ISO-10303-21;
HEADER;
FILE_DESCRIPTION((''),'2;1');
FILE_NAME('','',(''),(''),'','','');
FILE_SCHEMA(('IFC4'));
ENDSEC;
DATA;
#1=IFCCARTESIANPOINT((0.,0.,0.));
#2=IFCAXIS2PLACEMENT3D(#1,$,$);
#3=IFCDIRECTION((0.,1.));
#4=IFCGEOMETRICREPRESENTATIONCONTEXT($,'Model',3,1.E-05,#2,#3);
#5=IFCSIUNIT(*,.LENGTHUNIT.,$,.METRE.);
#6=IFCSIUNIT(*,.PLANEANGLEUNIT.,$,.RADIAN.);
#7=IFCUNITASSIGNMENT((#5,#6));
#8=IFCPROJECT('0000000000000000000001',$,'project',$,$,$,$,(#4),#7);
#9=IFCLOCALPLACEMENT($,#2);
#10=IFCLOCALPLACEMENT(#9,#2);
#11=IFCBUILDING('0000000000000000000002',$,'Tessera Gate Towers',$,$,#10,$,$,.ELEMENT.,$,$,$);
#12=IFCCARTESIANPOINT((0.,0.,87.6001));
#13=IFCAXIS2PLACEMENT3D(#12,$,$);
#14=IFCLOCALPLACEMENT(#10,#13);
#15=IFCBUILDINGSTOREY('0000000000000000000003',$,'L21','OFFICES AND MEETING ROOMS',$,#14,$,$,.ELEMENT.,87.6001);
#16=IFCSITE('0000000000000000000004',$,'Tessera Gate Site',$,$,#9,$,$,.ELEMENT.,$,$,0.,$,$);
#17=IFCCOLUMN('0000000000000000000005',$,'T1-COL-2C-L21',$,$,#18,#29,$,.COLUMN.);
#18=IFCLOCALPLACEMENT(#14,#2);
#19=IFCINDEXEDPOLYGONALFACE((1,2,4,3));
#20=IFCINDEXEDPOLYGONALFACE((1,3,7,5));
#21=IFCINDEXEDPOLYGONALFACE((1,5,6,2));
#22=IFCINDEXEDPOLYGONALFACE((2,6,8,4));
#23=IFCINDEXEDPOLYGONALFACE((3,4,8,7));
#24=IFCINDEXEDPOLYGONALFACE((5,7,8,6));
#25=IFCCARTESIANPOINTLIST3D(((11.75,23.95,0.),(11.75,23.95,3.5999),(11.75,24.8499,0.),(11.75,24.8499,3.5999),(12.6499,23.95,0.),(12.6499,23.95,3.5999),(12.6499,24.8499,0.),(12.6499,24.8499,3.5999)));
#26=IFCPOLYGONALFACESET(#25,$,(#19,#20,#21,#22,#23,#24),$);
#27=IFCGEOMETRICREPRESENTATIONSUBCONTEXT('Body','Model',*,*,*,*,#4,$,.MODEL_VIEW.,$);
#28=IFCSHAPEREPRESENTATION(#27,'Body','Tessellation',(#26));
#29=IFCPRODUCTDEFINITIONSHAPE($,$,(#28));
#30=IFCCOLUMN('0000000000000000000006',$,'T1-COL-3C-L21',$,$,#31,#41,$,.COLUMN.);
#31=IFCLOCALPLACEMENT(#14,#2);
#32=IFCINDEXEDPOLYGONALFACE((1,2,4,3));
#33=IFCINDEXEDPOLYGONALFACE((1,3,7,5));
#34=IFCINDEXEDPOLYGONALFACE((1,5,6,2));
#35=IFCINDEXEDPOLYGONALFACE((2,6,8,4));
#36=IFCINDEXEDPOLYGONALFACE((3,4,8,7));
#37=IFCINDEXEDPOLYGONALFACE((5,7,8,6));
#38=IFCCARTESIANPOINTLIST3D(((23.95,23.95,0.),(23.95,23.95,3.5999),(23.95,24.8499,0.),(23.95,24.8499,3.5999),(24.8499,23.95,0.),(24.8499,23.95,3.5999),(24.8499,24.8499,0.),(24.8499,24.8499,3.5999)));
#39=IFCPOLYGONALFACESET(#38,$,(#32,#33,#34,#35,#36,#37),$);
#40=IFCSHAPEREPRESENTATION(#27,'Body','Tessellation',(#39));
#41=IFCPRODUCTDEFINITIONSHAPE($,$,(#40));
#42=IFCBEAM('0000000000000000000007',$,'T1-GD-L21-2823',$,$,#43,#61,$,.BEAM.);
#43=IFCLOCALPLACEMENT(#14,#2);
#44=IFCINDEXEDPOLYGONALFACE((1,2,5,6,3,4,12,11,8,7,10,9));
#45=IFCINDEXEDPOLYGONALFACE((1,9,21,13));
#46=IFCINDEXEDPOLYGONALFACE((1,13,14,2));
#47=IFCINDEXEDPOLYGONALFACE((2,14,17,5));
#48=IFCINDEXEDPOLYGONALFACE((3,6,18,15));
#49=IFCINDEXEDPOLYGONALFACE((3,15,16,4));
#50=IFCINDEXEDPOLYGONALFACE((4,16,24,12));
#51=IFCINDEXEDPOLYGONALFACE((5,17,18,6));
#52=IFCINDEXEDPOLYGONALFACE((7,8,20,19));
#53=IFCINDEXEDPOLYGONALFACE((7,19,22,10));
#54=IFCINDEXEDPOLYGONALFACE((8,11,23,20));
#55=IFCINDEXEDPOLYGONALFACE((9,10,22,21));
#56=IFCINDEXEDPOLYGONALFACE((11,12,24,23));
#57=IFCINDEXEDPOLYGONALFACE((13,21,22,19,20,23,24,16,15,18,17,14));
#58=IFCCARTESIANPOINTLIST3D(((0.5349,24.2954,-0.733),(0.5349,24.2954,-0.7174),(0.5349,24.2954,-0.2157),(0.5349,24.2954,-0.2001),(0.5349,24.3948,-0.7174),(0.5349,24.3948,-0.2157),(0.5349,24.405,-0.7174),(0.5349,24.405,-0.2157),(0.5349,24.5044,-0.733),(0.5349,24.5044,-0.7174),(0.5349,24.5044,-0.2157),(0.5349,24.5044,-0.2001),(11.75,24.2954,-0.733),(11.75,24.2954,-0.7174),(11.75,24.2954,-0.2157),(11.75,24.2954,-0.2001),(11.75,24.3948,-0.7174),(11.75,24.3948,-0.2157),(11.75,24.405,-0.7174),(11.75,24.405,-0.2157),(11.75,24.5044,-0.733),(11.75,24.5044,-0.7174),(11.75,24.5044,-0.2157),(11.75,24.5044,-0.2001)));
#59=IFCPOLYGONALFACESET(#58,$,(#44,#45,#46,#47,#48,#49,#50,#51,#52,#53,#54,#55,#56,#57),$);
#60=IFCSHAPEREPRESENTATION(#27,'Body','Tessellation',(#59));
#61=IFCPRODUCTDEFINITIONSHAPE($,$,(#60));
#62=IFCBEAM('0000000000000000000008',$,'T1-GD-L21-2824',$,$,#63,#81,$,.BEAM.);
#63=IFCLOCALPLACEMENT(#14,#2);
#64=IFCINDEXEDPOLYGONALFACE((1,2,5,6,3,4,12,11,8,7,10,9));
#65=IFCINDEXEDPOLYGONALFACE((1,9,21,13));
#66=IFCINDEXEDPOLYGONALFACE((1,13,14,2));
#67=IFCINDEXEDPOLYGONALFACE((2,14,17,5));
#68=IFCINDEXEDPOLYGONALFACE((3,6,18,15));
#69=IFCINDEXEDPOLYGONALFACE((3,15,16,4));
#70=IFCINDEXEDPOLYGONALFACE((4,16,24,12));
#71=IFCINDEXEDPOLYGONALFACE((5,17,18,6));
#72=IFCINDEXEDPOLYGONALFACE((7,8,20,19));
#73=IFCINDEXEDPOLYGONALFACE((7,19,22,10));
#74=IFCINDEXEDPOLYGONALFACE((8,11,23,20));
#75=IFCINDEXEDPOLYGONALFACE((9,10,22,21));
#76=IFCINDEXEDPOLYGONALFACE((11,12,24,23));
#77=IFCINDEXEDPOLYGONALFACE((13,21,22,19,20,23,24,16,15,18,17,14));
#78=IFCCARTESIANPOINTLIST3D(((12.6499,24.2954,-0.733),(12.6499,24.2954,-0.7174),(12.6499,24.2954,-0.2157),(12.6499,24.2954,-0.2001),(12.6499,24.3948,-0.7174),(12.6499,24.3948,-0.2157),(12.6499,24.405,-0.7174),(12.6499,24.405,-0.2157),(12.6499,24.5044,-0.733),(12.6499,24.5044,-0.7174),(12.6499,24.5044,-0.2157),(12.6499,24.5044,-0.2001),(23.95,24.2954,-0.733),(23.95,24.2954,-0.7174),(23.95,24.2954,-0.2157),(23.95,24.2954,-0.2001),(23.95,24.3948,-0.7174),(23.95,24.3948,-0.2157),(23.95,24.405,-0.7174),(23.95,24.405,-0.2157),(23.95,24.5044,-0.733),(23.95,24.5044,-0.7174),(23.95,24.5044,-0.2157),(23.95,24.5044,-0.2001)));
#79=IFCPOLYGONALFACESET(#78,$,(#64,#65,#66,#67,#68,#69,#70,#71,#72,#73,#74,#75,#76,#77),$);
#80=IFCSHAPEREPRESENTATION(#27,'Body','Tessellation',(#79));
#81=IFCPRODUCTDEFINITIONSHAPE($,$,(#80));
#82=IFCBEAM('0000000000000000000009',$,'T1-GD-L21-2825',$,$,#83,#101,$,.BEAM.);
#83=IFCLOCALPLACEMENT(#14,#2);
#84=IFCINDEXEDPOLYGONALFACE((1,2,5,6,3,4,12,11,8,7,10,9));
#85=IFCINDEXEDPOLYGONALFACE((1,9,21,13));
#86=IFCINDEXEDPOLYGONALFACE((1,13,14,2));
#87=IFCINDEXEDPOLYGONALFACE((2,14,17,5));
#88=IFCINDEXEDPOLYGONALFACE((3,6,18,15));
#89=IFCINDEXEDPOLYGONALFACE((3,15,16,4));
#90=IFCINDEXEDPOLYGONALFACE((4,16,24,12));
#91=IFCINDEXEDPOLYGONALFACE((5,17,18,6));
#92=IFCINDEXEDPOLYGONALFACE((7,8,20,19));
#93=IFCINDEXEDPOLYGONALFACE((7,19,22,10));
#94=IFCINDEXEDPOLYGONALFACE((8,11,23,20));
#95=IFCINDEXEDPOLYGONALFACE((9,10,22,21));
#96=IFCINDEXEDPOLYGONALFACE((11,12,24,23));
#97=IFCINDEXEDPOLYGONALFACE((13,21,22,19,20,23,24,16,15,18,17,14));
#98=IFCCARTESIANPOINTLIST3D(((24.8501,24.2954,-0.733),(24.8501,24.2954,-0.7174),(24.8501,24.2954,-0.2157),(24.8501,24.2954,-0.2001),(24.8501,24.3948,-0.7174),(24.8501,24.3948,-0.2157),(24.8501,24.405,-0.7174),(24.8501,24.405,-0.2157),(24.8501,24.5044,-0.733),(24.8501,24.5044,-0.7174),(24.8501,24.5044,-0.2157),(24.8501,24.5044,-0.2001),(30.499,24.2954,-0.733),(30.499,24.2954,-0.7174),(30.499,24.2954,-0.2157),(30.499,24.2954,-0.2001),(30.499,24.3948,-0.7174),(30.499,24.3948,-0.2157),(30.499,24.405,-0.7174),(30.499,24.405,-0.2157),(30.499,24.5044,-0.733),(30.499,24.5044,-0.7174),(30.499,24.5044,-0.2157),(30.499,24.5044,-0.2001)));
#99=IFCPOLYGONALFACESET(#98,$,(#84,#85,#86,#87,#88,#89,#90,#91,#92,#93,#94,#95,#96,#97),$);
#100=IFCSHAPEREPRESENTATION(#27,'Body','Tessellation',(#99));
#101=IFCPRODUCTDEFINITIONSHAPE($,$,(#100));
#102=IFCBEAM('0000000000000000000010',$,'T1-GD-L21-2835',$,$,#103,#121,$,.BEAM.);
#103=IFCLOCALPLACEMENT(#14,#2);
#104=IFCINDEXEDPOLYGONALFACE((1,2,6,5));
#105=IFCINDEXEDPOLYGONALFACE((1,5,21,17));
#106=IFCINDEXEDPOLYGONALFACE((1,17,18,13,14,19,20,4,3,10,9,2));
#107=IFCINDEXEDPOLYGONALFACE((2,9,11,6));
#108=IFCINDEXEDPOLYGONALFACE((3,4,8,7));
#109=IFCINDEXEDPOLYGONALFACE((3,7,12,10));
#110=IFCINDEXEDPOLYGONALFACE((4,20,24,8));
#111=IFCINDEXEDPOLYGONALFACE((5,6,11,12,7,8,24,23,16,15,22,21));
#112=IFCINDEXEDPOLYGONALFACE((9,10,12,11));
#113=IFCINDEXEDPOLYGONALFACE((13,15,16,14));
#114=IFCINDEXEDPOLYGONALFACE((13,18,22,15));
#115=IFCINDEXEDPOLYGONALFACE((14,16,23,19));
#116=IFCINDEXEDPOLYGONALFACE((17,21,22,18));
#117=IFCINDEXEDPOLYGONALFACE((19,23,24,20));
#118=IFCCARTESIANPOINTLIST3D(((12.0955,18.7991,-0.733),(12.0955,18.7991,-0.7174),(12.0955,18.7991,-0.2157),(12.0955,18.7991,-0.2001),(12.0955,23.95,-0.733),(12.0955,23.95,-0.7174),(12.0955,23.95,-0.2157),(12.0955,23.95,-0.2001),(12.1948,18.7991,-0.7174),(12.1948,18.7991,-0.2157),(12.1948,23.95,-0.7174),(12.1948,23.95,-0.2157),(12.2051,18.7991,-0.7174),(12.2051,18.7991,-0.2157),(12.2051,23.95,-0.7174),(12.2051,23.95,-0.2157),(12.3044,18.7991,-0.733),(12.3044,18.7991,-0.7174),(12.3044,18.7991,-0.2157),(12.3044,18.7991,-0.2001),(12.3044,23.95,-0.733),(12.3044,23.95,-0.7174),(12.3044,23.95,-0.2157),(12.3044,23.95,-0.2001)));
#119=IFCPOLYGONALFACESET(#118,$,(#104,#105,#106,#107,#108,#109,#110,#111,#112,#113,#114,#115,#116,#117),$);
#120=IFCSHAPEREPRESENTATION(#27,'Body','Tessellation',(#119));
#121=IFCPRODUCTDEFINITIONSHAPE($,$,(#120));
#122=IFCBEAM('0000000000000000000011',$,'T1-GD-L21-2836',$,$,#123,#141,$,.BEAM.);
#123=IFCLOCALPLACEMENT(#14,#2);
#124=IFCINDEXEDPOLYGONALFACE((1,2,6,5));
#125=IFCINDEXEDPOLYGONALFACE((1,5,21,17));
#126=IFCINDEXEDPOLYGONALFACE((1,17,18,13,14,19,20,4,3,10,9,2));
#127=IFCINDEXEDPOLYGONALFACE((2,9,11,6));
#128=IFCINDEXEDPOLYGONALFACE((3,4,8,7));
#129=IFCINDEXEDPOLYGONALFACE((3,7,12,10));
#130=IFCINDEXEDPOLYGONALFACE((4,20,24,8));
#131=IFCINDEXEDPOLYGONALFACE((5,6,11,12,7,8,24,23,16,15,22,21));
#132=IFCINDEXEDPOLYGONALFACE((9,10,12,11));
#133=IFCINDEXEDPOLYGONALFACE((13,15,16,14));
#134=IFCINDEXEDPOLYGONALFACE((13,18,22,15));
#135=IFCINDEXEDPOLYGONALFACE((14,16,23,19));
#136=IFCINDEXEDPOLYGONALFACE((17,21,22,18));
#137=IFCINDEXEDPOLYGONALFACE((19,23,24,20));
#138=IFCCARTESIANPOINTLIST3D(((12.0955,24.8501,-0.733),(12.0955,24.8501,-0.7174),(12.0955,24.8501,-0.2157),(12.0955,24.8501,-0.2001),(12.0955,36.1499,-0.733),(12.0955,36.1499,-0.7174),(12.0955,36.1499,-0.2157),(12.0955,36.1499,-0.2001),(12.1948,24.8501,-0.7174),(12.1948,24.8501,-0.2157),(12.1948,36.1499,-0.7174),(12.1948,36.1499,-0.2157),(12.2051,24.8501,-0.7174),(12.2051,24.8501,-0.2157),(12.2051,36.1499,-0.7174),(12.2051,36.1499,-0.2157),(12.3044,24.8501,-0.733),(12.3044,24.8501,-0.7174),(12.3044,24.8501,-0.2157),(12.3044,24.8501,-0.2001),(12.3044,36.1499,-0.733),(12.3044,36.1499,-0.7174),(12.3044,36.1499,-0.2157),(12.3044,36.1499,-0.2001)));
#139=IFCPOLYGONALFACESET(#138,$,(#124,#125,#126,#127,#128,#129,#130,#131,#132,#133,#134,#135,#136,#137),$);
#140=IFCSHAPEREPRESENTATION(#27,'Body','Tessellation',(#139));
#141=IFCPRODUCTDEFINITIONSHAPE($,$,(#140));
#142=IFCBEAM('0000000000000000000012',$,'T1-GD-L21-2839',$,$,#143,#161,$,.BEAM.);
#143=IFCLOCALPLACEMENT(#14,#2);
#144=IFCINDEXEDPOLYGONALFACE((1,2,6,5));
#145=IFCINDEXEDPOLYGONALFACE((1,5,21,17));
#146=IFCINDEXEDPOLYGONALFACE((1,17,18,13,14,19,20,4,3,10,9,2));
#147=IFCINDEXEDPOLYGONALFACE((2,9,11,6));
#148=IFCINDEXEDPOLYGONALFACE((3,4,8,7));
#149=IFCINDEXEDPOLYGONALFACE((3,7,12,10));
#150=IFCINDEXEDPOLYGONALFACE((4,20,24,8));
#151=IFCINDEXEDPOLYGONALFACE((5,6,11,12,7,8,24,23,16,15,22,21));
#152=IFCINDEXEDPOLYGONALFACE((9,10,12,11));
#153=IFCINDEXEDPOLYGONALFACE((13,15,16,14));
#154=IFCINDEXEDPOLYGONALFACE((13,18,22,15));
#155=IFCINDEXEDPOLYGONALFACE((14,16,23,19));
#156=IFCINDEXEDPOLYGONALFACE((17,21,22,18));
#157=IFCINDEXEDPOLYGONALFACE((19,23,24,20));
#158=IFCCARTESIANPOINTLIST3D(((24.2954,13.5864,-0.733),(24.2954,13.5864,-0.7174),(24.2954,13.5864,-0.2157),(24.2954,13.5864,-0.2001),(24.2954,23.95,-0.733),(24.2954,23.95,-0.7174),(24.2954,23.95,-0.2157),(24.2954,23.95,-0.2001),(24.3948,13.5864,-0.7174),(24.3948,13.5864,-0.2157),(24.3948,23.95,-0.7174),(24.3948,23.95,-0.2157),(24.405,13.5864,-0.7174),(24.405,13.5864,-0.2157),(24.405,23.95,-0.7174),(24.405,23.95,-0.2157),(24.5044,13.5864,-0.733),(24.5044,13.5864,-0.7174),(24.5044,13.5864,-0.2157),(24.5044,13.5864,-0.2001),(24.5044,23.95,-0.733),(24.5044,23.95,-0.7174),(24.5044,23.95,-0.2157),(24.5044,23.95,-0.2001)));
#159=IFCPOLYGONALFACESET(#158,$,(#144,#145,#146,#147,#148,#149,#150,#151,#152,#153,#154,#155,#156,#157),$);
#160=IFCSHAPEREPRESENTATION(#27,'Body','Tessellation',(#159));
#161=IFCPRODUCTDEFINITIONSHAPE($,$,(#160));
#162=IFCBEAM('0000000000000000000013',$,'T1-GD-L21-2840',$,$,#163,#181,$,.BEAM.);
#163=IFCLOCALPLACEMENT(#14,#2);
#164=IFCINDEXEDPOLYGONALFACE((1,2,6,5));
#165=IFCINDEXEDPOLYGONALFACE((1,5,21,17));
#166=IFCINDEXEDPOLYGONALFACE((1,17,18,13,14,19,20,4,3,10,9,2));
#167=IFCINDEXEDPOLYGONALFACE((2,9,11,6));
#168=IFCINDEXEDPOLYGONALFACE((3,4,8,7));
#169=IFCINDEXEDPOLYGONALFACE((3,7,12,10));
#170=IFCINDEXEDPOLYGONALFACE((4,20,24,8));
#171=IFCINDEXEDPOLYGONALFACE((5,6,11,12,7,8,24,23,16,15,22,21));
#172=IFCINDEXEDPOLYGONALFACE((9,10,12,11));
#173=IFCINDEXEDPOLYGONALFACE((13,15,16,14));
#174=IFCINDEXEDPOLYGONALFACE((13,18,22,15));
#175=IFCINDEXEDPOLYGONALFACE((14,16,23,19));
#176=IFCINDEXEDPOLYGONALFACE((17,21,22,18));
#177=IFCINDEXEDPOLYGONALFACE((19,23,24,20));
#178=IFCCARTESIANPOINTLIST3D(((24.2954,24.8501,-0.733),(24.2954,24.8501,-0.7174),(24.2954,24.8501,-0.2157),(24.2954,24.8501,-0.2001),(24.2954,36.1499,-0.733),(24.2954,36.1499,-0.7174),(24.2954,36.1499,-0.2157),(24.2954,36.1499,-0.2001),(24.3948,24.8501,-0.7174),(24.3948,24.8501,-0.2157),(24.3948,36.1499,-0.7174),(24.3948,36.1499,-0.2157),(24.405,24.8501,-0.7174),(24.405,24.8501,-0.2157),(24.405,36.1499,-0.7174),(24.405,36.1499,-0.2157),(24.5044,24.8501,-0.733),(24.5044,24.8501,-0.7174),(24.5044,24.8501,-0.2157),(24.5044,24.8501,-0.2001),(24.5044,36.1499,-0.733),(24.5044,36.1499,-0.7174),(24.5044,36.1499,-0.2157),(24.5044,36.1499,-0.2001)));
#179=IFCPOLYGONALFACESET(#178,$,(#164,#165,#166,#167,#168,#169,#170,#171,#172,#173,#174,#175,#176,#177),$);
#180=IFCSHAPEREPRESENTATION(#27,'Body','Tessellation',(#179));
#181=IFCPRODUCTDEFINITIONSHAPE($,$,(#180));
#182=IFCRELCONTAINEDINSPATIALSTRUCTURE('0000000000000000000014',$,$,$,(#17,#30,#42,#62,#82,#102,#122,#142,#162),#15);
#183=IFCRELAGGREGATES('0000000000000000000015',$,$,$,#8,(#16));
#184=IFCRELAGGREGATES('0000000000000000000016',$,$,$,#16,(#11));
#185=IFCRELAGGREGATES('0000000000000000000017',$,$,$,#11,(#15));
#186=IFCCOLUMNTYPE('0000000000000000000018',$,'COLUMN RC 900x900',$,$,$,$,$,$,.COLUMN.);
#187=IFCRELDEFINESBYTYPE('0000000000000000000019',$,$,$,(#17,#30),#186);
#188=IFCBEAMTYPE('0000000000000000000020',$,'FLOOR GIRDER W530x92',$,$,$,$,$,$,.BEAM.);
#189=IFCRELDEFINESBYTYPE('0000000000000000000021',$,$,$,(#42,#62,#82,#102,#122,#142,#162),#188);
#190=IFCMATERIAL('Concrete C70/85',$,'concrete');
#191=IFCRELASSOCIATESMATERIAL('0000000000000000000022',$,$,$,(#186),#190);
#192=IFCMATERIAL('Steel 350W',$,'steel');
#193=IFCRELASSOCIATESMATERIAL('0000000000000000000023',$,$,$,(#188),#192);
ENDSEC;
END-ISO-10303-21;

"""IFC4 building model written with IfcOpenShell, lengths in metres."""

from ifc_helpers import new_model, si_unit, direction, frame, origin, origin_2d, place, context, subcontext, project, spatial, rectangle, i_section, extrude, material, material_profile, profile_set, type_object, element, save


model = new_model("IFC4")

# Units and contexts
model_context = context("Model", 3, precision=1e-05, world=origin(), true_north=direction((0.0, 1.0)))
body_context = subcontext(model_context, "Body", "Model", "MODEL_VIEW")
ifc_project = project(units=[si_unit("LENGTHUNIT", "METRE"), si_unit("PLANEANGLEUNIT", "RADIAN")], contexts=[model_context])

# Site, building, storey
site_placement = place(None, origin())
site = spatial("IfcSite", under=ifc_project, at=site_placement, Name="Tessera Gate Site", CompositionType="ELEMENT", RefElevation=0.0)
building_placement = place(site_placement, origin())
building = spatial("IfcBuilding", under=site, at=building_placement, Name="Tessera Gate Towers", CompositionType="ELEMENT")
storey_placement = place(building_placement, frame((0.0, 0.0, 87.6001)))
storey = spatial("IfcBuildingStorey", under=building, at=storey_placement, Name="L21", Description="OFFICES AND MEETING ROOMS", CompositionType="ELEMENT", Elevation=87.6001)

# Columns
ifc_material_1 = material(Name="Concrete C70/85", Category="concrete")
ifc_material_profile_1 = material_profile(ifc_material_1, rectangle(XDim=0.8999, YDim=0.8999, at=origin_2d()), Name="RC 900x900")
ifc_profile_set_1 = profile_set([ifc_material_profile_1], Name="Concrete C70/85")
column_type = type_object("IfcColumnType", Name="COLUMN RC 900x900", PredefinedType="COLUMN", material=ifc_profile_set_1)
for number, where, z_axis, x_axis, name in (
    (1, (12.2, 24.3999, 0.0), (0.0, 0.0, 1.0), (1.0, 0.0, 0.0), "T1-COL-2C-L21"),
    (2, (24.3999, 24.3999, 0.0), (0.0, 0.0, 1.0), (1.0, 0.0, 0.0), "T1-COL-3C-L21"),
):
    element("IfcColumn", number, at=place(storey_placement, frame(where, z_axis=z_axis, x_axis=x_axis)), inside=storey, type_object=column_type, Name=name, PredefinedType="COLUMN", context=body_context, shape_type="SweptSolid", body=[
        extrude(rectangle(XDim=0.8999, YDim=0.8999, at=origin_2d()), origin(), (0.0, 0.0, 1.0), 3.5999),
    ])

# Beams
ifc_material_2 = material(Name="Steel 350W", Category="steel")
ifc_material_profile_2 = material_profile(ifc_material_2, i_section(OverallWidth=0.209, OverallDepth=0.533, WebThickness=0.0103, FlangeThickness=0.0156, at=origin_2d()), Name="W530x92")
ifc_profile_set_2 = profile_set([ifc_material_profile_2], Name="Steel 350W")
beam_type_1 = type_object("IfcBeamType", Name="FLOOR GIRDER W530x92", PredefinedType="BEAM", material=ifc_profile_set_2)
beam_1_placement = place(storey_placement, frame((0.5349, 24.3999, -0.4666), z_axis=(1.0, 0.0, 0.0), x_axis=(0.0, 1.0, 0.0)))
element("IfcBeam", 3, at=beam_1_placement, inside=storey, type_object=beam_type_1, Name="T1-GD-L21-2823", PredefinedType="BEAM", context=body_context, shape_type="SweptSolid", body=[
    extrude(i_section(OverallWidth=0.209, OverallDepth=0.533, WebThickness=0.0103, FlangeThickness=0.0156, at=origin_2d()), origin(), (0.0, 0.0, 1.0), 11.2151),
])
beam_2_placement = place(storey_placement, frame((12.6499, 24.3999, -0.4666), z_axis=(1.0, 0.0, 0.0), x_axis=(0.0, 1.0, 0.0)))
element("IfcBeam", 4, at=beam_2_placement, inside=storey, type_object=beam_type_1, Name="T1-GD-L21-2824", PredefinedType="BEAM", context=body_context, shape_type="SweptSolid", body=[
    extrude(i_section(OverallWidth=0.209, OverallDepth=0.533, WebThickness=0.0103, FlangeThickness=0.0156, at=origin_2d()), origin(), (0.0, 0.0, 1.0), 11.3),
])
beam_3_placement = place(storey_placement, frame((24.8501, 24.3999, -0.4666), z_axis=(1.0, 0.0, 0.0), x_axis=(0.0, 1.0, 0.0)))
element("IfcBeam", 5, at=beam_3_placement, inside=storey, type_object=beam_type_1, Name="T1-GD-L21-2825", PredefinedType="BEAM", context=body_context, shape_type="SweptSolid", body=[
    extrude(i_section(OverallWidth=0.209, OverallDepth=0.533, WebThickness=0.0103, FlangeThickness=0.0156, at=origin_2d()), origin(), (0.0, 0.0, 1.0), 5.6489),
])
beam_4_placement = place(storey_placement, frame((12.2, 18.7991, -0.4666), z_axis=(0.0, 1.0, 0.0), x_axis=(-1.0, 0.0, 0.0)))
element("IfcBeam", 6, at=beam_4_placement, inside=storey, type_object=beam_type_1, Name="T1-GD-L21-2835", PredefinedType="BEAM", context=body_context, shape_type="SweptSolid", body=[
    extrude(i_section(OverallWidth=0.209, OverallDepth=0.533, WebThickness=0.0103, FlangeThickness=0.0156, at=origin_2d()), origin(), (0.0, 0.0, 1.0), 5.1509),
])
beam_5_placement = place(storey_placement, frame((12.2, 24.8501, -0.4666), z_axis=(0.0, 1.0, 0.0), x_axis=(-1.0, 0.0, 0.0)))
element("IfcBeam", 7, at=beam_5_placement, inside=storey, type_object=beam_type_1, Name="T1-GD-L21-2836", PredefinedType="BEAM", context=body_context, shape_type="SweptSolid", body=[
    extrude(i_section(OverallWidth=0.209, OverallDepth=0.533, WebThickness=0.0103, FlangeThickness=0.0156, at=origin_2d()), origin(), (0.0, 0.0, 1.0), 11.2998),
])
beam_6_placement = place(storey_placement, frame((24.3999, 13.5864, -0.4666), z_axis=(0.0, 1.0, 0.0), x_axis=(-1.0, 0.0, 0.0)))
element("IfcBeam", 8, at=beam_6_placement, inside=storey, type_object=beam_type_1, Name="T1-GD-L21-2839", PredefinedType="BEAM", context=body_context, shape_type="SweptSolid", body=[
    extrude(i_section(OverallWidth=0.209, OverallDepth=0.533, WebThickness=0.0103, FlangeThickness=0.0156, at=origin_2d()), origin(), (0.0, 0.0, 1.0), 10.3635),
])
beam_7_placement = place(storey_placement, frame((24.3999, 24.8501, -0.4666), z_axis=(0.0, 1.0, 0.0), x_axis=(-1.0, 0.0, 0.0)))
element("IfcBeam", 9, at=beam_7_placement, inside=storey, type_object=beam_type_1, Name="T1-GD-L21-2840", PredefinedType="BEAM", context=body_context, shape_type="SweptSolid", body=[
    extrude(i_section(OverallWidth=0.209, OverallDepth=0.533, WebThickness=0.0103, FlangeThickness=0.0156, at=origin_2d()), origin(), (0.0, 0.0, 1.0), 11.2998),
])

save(model, "model.ifc")
